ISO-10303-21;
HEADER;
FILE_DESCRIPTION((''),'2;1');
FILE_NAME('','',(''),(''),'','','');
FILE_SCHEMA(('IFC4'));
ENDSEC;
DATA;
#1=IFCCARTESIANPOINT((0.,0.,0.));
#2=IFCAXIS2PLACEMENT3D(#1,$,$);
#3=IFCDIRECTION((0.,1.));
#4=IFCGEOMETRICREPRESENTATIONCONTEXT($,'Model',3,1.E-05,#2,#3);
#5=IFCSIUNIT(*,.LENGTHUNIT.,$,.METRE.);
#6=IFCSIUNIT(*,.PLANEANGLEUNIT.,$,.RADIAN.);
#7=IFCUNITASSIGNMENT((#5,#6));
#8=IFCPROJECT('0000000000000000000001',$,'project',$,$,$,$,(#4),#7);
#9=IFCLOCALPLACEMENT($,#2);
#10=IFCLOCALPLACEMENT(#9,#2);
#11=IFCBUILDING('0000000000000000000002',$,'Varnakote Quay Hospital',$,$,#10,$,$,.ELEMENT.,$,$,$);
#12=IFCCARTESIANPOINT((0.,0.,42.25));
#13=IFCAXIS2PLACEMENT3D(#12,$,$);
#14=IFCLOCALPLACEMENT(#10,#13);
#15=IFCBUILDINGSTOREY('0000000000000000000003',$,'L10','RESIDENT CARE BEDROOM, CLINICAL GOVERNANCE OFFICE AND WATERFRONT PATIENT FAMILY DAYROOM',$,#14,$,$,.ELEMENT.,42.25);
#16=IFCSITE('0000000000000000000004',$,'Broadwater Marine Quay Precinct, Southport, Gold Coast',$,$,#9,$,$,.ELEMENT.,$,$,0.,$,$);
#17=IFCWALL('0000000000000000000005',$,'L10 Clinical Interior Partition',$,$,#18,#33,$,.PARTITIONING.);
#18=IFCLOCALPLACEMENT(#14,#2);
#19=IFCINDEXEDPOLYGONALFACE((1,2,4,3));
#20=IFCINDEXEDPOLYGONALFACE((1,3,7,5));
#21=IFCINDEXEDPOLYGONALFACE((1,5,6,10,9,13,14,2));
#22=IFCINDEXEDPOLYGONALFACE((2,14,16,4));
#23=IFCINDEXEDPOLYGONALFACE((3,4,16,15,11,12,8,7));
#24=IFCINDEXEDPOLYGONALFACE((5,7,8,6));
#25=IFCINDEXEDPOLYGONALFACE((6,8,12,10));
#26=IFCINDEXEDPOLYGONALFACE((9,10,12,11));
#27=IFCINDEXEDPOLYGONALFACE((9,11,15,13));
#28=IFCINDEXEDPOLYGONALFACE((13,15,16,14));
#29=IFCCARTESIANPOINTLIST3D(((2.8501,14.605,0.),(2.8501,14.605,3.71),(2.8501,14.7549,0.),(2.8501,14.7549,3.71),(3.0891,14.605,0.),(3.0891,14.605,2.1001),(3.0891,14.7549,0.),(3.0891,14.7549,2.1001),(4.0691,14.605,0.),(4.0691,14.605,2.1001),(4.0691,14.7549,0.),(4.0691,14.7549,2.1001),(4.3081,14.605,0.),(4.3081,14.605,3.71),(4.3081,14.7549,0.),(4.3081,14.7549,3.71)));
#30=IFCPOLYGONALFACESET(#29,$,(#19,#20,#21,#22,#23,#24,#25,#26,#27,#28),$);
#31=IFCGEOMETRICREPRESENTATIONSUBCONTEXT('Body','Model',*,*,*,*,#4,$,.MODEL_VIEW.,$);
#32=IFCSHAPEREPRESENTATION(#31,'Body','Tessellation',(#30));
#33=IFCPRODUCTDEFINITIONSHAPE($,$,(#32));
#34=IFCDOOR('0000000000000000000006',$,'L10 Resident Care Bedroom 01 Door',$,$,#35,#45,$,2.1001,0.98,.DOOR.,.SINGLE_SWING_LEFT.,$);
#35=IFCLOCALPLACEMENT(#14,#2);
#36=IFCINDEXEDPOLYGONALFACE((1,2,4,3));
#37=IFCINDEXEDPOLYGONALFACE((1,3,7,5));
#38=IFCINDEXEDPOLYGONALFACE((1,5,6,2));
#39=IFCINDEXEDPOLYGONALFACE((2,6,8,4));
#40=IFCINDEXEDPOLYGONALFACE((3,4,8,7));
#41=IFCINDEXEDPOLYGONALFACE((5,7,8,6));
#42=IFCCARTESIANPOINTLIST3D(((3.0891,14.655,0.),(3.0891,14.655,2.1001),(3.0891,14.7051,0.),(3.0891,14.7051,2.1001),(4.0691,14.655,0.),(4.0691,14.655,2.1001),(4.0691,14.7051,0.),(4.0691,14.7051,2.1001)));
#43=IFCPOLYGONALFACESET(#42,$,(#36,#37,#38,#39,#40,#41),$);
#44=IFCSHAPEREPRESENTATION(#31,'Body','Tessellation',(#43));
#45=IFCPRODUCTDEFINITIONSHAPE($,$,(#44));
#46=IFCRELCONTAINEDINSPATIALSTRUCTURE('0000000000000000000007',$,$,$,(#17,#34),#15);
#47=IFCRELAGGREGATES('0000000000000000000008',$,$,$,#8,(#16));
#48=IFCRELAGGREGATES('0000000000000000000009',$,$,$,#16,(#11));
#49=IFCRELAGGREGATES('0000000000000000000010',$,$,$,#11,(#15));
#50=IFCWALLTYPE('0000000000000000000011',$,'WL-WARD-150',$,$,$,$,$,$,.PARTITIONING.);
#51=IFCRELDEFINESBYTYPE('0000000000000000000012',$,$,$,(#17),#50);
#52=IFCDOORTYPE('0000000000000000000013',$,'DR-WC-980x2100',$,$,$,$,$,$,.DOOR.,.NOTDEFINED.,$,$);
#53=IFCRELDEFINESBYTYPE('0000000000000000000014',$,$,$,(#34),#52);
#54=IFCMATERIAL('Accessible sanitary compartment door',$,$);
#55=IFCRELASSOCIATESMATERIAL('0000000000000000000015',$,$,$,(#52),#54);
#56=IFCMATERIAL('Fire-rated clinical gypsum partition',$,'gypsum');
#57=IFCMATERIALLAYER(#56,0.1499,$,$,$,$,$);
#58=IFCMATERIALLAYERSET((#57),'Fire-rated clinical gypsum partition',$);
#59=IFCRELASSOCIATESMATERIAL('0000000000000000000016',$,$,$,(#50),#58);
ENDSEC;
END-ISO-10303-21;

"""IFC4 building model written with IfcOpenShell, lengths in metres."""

from ifc_helpers import new_model, si_unit, direction, frame, frame_2d, origin, place, context, subcontext, project, spatial, rectangle, extrude, material, layer, layer_set, type_object, element, fill, save


model = new_model("IFC4")

# Units and contexts
model_context = context("Model", 3, precision=1e-05, world=origin(), true_north=direction((0.0, 1.0)))
body_context = subcontext(model_context, "Body", "Model", "MODEL_VIEW")
ifc_project = project(units=[si_unit("LENGTHUNIT", "METRE"), si_unit("PLANEANGLEUNIT", "RADIAN")], contexts=[model_context])

# Site, building, storey
site_placement = place(None, origin())
site = spatial("IfcSite", under=ifc_project, at=site_placement, Name="Broadwater Marine Quay Precinct, Southport, Gold Coast", CompositionType="ELEMENT", RefElevation=0.0)
building_placement = place(site_placement, origin())
building = spatial("IfcBuilding", under=site, at=building_placement, Name="Varnakote Quay Hospital", CompositionType="ELEMENT")
storey_placement = place(building_placement, frame((0.0, 0.0, 42.25)))
storey = spatial("IfcBuildingStorey", under=building, at=storey_placement, Name="L10", Description="RESIDENT CARE BEDROOM, CLINICAL GOVERNANCE OFFICE AND WATERFRONT PATIENT FAMILY DAYROOM", CompositionType="ELEMENT", Elevation=42.25)

# Shared definitions
ifc_material_1 = material(Name="Accessible sanitary compartment door")
door_type_1 = type_object("IfcDoorType", Name="DR-WC-980x2100", OperationType="NOTDEFINED", PredefinedType="DOOR", material=ifc_material_1)

# Wall, opening, door
ifc_material_2 = material(Name="Fire-rated clinical gypsum partition", Category="gypsum")
ifc_layer_1 = layer(ifc_material_2, 0.1499)
ifc_layer_set_1 = layer_set([ifc_layer_1], Name="Fire-rated clinical gypsum partition")
wall_type_1 = type_object("IfcWallType", Name="WL-WARD-150", PredefinedType="PARTITIONING", material=ifc_layer_set_1)
wall_1_placement = place(storey_placement, frame((4.3081, 14.6799, 0.0), z_axis=(0.0, 0.0, 1.0), x_axis=(-1.0, 0.0, 0.0)))
wall_1 = element("IfcWall", 1, at=wall_1_placement, inside=storey, type_object=wall_type_1, Name="L10 Clinical Interior Partition", PredefinedType="PARTITIONING", context=body_context, shape_type="SweptSolid", body=[
    extrude(rectangle(XDim=1.458, YDim=0.1499, at=frame_2d((0.729, 0.0))), origin(), (0.0, 0.0, 1.0), 3.71),
])
opening_1_placement = place(wall_1_placement, frame((0.239, 0.0, 0.0)))
opening_1 = element("IfcOpeningElement", 2, at=opening_1_placement, cuts=wall_1, PredefinedType="OPENING", context=body_context, shape_type="SweptSolid", body=[
    extrude(rectangle(XDim=0.98, YDim=2.1001, at=frame_2d((0.49, 1.05))), frame((0.0, 0.085, 0.0), z_axis=(0.0, -1.0, 0.0), x_axis=(1.0, 0.0, 0.0)), (0.0, 0.0, 1.0), 0.1699),
])
door_1_placement = place(opening_1_placement, origin())
door_1 = element("IfcDoor", 3, at=door_1_placement, inside=storey, type_object=door_type_1, Name="L10 Resident Care Bedroom 01 Door", OperationType="SINGLE_SWING_LEFT", OverallHeight=2.1001, OverallWidth=0.98, PredefinedType="DOOR", context=body_context, shape_type="SweptSolid", body=[
    extrude(rectangle(XDim=0.98, YDim=2.1001, at=frame_2d((0.49, 1.05))), frame((0.0, 0.0249, 0.0), z_axis=(0.0, -1.0, 0.0), x_axis=(1.0, 0.0, 0.0)), (0.0, 0.0, 1.0), 0.05),
])
fill(opening_1, door_1)

save(model, "model.ifc")
